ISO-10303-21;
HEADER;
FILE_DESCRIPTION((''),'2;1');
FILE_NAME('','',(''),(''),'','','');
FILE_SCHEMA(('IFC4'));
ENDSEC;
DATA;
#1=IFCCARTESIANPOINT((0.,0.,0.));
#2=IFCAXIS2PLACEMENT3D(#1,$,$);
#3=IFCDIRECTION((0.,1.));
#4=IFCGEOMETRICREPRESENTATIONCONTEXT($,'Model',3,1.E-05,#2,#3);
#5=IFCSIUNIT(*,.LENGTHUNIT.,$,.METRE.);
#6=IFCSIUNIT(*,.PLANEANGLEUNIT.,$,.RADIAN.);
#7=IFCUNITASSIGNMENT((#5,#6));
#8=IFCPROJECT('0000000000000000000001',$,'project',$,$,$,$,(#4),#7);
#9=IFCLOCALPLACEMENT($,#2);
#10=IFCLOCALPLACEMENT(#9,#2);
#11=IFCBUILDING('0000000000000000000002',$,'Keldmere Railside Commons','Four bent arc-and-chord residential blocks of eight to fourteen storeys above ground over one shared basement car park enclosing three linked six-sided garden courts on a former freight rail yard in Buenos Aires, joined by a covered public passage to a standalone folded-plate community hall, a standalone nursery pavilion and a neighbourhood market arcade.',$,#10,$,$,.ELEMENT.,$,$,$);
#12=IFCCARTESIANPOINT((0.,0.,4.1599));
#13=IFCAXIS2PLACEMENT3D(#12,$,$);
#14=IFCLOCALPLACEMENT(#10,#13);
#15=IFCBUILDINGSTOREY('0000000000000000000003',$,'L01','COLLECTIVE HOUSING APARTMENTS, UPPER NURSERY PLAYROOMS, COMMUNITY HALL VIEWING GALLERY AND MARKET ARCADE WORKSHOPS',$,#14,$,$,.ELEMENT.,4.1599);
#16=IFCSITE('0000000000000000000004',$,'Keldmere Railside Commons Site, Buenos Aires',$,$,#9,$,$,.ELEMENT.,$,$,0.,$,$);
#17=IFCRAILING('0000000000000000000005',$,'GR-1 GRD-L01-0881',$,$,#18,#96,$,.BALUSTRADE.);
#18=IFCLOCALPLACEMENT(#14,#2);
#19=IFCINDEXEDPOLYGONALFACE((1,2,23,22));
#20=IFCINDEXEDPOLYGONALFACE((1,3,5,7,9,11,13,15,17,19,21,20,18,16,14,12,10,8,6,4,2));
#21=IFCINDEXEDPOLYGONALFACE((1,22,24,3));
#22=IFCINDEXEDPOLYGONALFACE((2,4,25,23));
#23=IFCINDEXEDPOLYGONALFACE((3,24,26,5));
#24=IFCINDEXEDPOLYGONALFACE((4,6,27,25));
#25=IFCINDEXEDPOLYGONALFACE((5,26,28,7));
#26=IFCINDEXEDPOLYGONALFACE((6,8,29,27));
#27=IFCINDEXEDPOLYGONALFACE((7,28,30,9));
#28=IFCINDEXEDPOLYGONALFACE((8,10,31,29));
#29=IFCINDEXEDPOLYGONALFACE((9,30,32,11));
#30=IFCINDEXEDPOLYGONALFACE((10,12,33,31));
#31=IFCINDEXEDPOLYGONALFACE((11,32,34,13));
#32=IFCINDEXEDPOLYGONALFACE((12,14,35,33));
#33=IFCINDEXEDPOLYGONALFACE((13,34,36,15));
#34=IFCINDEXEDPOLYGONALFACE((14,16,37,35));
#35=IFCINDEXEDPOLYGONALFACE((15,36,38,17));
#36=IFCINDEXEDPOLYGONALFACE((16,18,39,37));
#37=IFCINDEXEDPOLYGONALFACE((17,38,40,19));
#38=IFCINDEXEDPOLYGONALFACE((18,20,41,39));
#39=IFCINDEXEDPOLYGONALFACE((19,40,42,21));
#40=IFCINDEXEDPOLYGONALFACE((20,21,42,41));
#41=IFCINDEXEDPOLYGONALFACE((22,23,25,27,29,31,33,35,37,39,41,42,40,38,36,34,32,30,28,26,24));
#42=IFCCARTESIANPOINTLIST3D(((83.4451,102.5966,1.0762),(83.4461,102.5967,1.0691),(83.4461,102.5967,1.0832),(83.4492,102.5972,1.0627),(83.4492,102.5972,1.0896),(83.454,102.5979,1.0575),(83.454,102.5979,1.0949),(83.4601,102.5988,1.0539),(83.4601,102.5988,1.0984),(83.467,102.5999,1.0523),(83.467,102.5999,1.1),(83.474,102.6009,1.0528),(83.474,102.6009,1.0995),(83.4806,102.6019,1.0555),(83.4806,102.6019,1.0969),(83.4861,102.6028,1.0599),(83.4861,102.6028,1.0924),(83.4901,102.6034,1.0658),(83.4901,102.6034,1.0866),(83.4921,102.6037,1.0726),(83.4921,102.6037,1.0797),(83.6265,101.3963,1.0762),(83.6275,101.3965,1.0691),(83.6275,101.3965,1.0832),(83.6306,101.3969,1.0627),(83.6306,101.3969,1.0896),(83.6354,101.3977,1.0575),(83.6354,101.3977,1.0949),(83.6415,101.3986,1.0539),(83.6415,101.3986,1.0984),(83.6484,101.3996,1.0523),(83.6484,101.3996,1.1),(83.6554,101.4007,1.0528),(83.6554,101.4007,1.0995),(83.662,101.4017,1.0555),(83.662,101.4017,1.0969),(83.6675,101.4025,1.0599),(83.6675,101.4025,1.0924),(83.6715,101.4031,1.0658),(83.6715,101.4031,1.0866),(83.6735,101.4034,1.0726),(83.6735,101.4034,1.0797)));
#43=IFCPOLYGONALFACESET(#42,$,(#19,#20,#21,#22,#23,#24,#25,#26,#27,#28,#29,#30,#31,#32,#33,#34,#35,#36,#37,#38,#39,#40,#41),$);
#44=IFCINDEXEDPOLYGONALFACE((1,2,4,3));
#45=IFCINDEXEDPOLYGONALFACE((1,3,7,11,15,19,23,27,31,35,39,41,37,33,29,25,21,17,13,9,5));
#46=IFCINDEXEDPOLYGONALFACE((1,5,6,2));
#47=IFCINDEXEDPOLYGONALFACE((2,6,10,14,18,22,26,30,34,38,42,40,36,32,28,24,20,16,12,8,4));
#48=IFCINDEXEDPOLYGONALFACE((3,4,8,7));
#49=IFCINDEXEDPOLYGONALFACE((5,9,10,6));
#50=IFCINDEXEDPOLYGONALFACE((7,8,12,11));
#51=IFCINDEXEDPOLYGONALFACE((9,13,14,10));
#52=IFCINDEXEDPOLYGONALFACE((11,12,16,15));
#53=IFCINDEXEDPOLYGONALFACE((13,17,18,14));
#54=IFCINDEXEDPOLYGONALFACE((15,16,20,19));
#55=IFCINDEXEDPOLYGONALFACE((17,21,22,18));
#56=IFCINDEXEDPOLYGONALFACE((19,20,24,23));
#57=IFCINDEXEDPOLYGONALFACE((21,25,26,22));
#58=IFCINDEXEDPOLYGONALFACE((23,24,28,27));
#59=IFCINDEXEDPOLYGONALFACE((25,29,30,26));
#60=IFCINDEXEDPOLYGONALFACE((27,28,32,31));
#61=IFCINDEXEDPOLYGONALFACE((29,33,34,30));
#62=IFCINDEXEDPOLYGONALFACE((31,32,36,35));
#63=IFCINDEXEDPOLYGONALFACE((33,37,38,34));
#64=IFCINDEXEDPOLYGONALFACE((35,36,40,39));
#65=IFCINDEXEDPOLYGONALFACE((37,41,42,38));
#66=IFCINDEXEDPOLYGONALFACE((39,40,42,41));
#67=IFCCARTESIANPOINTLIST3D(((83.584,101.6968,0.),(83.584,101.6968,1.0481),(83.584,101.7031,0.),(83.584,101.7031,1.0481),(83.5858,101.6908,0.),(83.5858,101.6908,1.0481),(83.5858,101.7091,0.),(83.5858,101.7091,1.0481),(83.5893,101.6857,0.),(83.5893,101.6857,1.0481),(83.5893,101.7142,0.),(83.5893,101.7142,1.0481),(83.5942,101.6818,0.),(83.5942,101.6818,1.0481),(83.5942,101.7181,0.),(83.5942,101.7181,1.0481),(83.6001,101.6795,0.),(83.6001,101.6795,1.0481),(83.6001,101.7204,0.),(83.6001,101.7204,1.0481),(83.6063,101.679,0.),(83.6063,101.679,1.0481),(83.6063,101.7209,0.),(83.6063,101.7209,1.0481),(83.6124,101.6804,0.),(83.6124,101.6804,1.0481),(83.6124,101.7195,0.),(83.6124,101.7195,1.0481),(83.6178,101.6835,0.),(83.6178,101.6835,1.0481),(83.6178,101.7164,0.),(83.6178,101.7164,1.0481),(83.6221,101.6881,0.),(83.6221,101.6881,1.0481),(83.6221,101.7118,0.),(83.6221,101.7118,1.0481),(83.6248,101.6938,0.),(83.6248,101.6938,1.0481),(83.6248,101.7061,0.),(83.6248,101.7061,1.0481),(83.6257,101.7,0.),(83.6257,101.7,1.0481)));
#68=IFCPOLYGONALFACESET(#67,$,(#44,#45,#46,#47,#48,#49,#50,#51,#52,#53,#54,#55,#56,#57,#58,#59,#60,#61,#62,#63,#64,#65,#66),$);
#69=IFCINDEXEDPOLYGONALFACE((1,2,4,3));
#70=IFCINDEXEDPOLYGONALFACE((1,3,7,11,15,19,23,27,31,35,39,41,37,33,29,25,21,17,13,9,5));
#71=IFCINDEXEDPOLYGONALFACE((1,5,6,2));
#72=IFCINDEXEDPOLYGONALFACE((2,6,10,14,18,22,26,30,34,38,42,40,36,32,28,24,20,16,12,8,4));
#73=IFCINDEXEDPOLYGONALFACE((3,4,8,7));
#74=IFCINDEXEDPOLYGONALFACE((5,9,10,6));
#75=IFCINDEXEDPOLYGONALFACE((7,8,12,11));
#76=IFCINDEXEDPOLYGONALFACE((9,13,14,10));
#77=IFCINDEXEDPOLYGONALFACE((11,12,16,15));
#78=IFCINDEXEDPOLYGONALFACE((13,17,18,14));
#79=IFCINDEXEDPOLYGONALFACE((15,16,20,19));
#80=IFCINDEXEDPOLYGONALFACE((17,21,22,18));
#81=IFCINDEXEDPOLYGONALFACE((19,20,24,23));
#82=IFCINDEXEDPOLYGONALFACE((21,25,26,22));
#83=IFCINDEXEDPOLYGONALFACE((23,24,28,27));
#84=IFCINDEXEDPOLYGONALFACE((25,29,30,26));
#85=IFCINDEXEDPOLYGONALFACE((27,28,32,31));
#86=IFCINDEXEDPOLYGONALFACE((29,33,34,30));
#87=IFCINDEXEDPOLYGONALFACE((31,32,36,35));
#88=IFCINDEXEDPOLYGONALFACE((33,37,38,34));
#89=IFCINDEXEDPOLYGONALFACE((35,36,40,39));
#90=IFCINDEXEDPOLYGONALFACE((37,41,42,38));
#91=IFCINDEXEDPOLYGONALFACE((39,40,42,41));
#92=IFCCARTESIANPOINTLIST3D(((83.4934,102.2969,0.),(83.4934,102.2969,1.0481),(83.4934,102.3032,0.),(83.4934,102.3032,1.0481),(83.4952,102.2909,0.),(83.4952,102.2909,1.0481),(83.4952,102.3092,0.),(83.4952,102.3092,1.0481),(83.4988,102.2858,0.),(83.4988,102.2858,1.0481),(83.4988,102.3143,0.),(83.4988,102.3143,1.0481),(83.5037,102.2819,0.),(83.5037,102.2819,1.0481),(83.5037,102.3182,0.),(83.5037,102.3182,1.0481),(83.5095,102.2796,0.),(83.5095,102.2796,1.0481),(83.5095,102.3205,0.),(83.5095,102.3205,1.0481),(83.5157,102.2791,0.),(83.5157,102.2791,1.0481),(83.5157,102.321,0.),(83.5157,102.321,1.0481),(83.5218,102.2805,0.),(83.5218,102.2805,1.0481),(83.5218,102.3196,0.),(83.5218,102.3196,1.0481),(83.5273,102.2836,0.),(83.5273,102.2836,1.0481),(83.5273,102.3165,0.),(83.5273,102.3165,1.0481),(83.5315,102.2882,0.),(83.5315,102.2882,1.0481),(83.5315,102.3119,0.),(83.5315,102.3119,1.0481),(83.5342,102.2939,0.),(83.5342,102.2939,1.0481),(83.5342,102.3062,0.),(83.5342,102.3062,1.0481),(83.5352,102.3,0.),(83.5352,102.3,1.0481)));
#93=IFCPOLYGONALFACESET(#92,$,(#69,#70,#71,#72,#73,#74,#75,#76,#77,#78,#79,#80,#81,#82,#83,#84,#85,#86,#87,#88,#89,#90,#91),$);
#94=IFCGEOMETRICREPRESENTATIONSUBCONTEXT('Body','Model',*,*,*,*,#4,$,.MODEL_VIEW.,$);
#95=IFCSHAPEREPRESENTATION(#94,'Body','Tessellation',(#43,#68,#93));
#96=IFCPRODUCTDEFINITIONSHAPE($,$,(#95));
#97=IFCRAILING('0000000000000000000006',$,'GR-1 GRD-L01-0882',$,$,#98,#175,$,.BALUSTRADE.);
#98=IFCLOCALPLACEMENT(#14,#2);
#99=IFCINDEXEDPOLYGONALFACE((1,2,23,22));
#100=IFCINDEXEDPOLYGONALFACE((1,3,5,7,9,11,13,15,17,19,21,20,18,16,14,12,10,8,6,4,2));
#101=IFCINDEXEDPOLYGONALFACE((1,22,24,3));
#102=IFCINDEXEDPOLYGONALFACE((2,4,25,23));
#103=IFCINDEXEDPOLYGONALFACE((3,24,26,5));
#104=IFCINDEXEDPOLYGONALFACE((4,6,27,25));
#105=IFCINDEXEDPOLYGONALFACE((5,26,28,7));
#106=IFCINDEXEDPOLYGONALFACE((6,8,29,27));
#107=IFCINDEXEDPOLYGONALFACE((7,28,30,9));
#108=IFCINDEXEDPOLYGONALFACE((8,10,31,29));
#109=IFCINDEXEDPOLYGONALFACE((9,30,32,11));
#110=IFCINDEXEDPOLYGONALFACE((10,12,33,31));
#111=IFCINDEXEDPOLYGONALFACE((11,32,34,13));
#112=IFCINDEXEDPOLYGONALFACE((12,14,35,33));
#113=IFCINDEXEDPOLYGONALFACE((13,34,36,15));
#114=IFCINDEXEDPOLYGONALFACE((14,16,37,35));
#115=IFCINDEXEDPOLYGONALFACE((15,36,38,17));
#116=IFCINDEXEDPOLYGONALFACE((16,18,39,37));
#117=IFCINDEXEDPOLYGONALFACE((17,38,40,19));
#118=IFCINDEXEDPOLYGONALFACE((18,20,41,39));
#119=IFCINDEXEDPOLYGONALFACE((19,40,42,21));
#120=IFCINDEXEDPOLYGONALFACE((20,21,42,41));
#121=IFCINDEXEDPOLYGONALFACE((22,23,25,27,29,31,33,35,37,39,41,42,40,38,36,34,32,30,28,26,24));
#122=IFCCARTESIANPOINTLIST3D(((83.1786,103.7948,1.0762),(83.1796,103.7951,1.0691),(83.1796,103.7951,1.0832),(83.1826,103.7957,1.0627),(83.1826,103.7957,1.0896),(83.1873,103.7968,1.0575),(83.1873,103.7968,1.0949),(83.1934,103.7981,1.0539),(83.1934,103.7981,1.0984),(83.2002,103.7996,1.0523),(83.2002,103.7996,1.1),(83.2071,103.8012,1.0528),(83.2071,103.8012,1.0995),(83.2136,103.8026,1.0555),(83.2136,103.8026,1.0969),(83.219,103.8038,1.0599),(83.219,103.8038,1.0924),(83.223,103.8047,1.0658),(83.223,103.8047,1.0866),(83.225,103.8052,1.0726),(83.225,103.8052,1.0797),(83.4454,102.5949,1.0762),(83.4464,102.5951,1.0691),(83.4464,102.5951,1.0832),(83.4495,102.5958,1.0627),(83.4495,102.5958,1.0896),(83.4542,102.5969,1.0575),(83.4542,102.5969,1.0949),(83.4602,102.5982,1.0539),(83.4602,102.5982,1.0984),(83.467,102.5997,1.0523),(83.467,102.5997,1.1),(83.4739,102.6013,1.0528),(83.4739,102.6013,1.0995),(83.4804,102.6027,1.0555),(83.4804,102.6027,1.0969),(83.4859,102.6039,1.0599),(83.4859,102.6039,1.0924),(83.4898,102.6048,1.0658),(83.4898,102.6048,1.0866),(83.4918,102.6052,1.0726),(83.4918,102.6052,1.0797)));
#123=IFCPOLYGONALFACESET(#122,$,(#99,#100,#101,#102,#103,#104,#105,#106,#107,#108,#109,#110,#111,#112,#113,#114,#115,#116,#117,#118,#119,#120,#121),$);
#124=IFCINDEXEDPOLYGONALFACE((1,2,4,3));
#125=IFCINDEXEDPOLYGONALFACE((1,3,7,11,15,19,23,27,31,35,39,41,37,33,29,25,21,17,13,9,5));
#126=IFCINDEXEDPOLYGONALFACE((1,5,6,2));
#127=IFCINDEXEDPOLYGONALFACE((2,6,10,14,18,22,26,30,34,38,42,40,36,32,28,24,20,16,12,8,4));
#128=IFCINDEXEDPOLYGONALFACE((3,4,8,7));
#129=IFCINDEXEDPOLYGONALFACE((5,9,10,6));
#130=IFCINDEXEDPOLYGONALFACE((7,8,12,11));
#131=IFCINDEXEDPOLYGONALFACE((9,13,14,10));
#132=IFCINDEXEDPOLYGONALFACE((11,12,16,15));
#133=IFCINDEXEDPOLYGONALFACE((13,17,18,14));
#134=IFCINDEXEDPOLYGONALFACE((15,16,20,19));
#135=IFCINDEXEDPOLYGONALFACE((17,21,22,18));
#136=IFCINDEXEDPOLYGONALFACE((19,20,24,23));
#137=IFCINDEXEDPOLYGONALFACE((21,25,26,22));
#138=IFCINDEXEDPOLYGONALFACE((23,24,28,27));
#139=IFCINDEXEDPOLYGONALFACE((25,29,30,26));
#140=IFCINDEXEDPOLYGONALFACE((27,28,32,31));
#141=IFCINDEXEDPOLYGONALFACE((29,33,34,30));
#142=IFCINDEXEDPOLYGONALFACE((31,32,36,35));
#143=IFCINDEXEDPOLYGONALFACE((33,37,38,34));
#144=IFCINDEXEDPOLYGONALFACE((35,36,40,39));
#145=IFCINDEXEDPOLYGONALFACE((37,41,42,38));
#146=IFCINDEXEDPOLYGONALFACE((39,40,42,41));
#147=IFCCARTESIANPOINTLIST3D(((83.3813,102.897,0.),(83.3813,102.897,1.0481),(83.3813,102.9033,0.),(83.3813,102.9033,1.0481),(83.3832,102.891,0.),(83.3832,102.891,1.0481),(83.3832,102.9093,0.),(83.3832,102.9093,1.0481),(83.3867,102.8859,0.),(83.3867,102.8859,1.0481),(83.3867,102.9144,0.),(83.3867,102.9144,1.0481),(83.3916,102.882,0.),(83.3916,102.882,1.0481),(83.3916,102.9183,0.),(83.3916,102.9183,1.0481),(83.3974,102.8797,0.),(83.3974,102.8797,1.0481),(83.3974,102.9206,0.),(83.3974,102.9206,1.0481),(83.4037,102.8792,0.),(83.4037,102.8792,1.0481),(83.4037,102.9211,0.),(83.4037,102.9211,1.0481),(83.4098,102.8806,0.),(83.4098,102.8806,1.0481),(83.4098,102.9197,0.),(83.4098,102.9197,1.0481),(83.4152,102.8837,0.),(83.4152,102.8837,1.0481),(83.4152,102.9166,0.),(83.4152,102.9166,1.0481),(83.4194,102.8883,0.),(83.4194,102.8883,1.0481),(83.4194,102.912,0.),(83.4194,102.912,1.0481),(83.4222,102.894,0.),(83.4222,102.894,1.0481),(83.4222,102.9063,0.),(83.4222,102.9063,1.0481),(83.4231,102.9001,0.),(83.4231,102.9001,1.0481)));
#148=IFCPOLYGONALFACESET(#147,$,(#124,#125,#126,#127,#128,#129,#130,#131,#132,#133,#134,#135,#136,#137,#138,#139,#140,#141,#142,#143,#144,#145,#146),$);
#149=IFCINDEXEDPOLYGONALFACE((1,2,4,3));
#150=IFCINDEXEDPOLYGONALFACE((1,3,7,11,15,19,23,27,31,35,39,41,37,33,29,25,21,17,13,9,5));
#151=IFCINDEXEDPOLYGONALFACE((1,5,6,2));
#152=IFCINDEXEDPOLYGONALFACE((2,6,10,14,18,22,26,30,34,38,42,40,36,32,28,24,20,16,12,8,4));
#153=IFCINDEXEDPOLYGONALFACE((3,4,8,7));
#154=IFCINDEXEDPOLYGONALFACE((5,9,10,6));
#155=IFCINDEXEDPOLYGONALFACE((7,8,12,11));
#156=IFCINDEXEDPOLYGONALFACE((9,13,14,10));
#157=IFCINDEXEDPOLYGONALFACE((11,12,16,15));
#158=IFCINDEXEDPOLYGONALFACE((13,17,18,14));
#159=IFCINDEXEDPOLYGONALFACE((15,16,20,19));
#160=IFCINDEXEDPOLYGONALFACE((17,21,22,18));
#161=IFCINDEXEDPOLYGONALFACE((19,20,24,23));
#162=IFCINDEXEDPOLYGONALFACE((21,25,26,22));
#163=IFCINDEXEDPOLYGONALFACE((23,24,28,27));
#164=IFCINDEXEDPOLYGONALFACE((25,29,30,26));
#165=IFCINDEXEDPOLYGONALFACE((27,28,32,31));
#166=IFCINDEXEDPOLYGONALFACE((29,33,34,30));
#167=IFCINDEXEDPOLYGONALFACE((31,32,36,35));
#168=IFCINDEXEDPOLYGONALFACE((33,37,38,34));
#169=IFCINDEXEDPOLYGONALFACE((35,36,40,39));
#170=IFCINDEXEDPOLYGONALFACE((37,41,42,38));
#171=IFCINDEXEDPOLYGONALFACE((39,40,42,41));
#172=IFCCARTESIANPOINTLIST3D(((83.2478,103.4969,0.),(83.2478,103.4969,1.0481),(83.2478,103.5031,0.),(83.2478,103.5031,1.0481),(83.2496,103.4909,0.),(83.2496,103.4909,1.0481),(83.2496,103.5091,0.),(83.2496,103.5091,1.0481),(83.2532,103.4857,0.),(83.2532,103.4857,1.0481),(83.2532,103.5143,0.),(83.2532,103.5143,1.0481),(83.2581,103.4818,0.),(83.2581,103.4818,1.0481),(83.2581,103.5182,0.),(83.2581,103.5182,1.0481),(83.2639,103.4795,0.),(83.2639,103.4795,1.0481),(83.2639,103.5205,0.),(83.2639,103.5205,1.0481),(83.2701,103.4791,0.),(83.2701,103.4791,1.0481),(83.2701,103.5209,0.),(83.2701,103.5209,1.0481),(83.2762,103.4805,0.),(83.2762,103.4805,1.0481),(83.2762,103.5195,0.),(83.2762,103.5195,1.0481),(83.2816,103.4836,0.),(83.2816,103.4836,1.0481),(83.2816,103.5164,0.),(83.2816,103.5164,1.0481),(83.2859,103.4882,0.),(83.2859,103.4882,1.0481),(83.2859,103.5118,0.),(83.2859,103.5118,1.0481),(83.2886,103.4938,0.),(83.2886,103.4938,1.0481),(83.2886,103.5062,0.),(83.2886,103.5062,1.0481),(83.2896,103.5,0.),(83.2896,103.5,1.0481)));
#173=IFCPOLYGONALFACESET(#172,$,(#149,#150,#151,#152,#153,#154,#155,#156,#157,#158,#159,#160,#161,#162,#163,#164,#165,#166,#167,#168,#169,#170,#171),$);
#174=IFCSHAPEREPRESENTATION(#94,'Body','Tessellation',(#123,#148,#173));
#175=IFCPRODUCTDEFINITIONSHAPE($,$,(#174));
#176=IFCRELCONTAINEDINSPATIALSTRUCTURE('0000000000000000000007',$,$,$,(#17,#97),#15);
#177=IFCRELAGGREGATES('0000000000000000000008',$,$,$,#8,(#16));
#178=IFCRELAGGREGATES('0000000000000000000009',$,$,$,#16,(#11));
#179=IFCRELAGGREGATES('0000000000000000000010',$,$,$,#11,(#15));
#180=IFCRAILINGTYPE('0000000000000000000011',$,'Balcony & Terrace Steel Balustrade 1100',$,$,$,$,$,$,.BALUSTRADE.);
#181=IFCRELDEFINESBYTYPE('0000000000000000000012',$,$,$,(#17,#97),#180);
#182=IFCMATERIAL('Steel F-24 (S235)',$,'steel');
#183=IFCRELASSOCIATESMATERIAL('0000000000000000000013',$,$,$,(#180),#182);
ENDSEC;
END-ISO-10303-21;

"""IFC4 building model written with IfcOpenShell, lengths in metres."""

from ifc_helpers import new_model, si_unit, direction, frame, origin, origin_2d, place, context, subcontext, project, spatial, circle, extrude, material, type_object, element, save


model = new_model("IFC4")

# Units and contexts
model_context = context("Model", 3, precision=1e-05, world=origin(), true_north=direction((0.0, 1.0)))
body_context = subcontext(model_context, "Body", "Model", "MODEL_VIEW")
ifc_project = project(units=[si_unit("LENGTHUNIT", "METRE"), si_unit("PLANEANGLEUNIT", "RADIAN")], contexts=[model_context])

# Site, building, storey
site_placement = place(None, origin())
site = spatial("IfcSite", under=ifc_project, at=site_placement, Name="Keldmere Railside Commons Site, Buenos Aires", CompositionType="ELEMENT", RefElevation=0.0)
building_placement = place(site_placement, origin())
building = spatial("IfcBuilding", under=site, at=building_placement, Name="Keldmere Railside Commons", Description="Four bent arc-and-chord residential blocks of eight to fourteen storeys above ground over one shared basement car park enclosing three linked six-sided garden courts on a former freight rail yard in Buenos Aires, joined by a covered public passage to a standalone folded-plate community hall, a standalone nursery pavilion and a neighbourhood market arcade.", CompositionType="ELEMENT")
storey_placement = place(building_placement, frame((0.0, 0.0, 4.1599)))
storey = spatial("IfcBuildingStorey", under=building, at=storey_placement, Name="L01", Description="COLLECTIVE HOUSING APARTMENTS, UPPER NURSERY PLAYROOMS, COMMUNITY HALL VIEWING GALLERY AND MARKET ARCADE WORKSHOPS", CompositionType="ELEMENT", Elevation=4.1599)

# Railings
ifc_material_1 = material(Name="Steel F-24 (S235)", Category="steel")
railing_type_1 = type_object("IfcRailingType", Name="Balcony & Terrace Steel Balustrade 1100", PredefinedType="BALUSTRADE", material=ifc_material_1)
railing_1_placement = place(storey_placement, frame((83.6501, 101.3999, 0.0)))
element("IfcRailing", 1, at=railing_1_placement, inside=storey, type_object=railing_type_1, Name="GR-1 GRD-L01-0881", PredefinedType="BALUSTRADE", context=body_context, shape_type="SweptSolid", body=[
    extrude(circle(Radius=0.0239, at=origin_2d()), frame((0.0, 0.0, 1.0762), z_axis=(-0.149442, 0.988771, 0.0), x_axis=(-0.988771, -0.149442, 0.0)), (0.0, 0.0, 1.0), 1.2139),
    extrude(circle(Radius=0.021, at=origin_2d()), frame((-0.0454, 0.3, 0.0)), (0.0, 0.0, 1.0), 1.0481),
    extrude(circle(Radius=0.021, at=origin_2d()), frame((-0.136, 0.9001, 0.0)), (0.0, 0.0, 1.0), 1.0481),
])
railing_2_placement = place(storey_placement, frame((83.4688, 102.6001, 0.0)))
element("IfcRailing", 2, at=railing_2_placement, inside=storey, type_object=railing_type_1, Name="GR-1 GRD-L01-0882", PredefinedType="BALUSTRADE", context=body_context, shape_type="SweptSolid", body=[
    extrude(circle(Radius=0.0239, at=origin_2d()), frame((0.0, 0.0, 1.0762), z_axis=(-0.217078, 0.976154, 0.0), x_axis=(-0.976154, -0.217078, 0.0)), (0.0, 0.0, 1.0), 1.2292),
    extrude(circle(Radius=0.021, at=origin_2d()), frame((-0.0667, 0.3, 0.0)), (0.0, 0.0, 1.0), 1.0481),
    extrude(circle(Radius=0.021, at=origin_2d()), frame((-0.2002, 0.8999, 0.0)), (0.0, 0.0, 1.0), 1.0481),
])

save(model, "model.ifc")
